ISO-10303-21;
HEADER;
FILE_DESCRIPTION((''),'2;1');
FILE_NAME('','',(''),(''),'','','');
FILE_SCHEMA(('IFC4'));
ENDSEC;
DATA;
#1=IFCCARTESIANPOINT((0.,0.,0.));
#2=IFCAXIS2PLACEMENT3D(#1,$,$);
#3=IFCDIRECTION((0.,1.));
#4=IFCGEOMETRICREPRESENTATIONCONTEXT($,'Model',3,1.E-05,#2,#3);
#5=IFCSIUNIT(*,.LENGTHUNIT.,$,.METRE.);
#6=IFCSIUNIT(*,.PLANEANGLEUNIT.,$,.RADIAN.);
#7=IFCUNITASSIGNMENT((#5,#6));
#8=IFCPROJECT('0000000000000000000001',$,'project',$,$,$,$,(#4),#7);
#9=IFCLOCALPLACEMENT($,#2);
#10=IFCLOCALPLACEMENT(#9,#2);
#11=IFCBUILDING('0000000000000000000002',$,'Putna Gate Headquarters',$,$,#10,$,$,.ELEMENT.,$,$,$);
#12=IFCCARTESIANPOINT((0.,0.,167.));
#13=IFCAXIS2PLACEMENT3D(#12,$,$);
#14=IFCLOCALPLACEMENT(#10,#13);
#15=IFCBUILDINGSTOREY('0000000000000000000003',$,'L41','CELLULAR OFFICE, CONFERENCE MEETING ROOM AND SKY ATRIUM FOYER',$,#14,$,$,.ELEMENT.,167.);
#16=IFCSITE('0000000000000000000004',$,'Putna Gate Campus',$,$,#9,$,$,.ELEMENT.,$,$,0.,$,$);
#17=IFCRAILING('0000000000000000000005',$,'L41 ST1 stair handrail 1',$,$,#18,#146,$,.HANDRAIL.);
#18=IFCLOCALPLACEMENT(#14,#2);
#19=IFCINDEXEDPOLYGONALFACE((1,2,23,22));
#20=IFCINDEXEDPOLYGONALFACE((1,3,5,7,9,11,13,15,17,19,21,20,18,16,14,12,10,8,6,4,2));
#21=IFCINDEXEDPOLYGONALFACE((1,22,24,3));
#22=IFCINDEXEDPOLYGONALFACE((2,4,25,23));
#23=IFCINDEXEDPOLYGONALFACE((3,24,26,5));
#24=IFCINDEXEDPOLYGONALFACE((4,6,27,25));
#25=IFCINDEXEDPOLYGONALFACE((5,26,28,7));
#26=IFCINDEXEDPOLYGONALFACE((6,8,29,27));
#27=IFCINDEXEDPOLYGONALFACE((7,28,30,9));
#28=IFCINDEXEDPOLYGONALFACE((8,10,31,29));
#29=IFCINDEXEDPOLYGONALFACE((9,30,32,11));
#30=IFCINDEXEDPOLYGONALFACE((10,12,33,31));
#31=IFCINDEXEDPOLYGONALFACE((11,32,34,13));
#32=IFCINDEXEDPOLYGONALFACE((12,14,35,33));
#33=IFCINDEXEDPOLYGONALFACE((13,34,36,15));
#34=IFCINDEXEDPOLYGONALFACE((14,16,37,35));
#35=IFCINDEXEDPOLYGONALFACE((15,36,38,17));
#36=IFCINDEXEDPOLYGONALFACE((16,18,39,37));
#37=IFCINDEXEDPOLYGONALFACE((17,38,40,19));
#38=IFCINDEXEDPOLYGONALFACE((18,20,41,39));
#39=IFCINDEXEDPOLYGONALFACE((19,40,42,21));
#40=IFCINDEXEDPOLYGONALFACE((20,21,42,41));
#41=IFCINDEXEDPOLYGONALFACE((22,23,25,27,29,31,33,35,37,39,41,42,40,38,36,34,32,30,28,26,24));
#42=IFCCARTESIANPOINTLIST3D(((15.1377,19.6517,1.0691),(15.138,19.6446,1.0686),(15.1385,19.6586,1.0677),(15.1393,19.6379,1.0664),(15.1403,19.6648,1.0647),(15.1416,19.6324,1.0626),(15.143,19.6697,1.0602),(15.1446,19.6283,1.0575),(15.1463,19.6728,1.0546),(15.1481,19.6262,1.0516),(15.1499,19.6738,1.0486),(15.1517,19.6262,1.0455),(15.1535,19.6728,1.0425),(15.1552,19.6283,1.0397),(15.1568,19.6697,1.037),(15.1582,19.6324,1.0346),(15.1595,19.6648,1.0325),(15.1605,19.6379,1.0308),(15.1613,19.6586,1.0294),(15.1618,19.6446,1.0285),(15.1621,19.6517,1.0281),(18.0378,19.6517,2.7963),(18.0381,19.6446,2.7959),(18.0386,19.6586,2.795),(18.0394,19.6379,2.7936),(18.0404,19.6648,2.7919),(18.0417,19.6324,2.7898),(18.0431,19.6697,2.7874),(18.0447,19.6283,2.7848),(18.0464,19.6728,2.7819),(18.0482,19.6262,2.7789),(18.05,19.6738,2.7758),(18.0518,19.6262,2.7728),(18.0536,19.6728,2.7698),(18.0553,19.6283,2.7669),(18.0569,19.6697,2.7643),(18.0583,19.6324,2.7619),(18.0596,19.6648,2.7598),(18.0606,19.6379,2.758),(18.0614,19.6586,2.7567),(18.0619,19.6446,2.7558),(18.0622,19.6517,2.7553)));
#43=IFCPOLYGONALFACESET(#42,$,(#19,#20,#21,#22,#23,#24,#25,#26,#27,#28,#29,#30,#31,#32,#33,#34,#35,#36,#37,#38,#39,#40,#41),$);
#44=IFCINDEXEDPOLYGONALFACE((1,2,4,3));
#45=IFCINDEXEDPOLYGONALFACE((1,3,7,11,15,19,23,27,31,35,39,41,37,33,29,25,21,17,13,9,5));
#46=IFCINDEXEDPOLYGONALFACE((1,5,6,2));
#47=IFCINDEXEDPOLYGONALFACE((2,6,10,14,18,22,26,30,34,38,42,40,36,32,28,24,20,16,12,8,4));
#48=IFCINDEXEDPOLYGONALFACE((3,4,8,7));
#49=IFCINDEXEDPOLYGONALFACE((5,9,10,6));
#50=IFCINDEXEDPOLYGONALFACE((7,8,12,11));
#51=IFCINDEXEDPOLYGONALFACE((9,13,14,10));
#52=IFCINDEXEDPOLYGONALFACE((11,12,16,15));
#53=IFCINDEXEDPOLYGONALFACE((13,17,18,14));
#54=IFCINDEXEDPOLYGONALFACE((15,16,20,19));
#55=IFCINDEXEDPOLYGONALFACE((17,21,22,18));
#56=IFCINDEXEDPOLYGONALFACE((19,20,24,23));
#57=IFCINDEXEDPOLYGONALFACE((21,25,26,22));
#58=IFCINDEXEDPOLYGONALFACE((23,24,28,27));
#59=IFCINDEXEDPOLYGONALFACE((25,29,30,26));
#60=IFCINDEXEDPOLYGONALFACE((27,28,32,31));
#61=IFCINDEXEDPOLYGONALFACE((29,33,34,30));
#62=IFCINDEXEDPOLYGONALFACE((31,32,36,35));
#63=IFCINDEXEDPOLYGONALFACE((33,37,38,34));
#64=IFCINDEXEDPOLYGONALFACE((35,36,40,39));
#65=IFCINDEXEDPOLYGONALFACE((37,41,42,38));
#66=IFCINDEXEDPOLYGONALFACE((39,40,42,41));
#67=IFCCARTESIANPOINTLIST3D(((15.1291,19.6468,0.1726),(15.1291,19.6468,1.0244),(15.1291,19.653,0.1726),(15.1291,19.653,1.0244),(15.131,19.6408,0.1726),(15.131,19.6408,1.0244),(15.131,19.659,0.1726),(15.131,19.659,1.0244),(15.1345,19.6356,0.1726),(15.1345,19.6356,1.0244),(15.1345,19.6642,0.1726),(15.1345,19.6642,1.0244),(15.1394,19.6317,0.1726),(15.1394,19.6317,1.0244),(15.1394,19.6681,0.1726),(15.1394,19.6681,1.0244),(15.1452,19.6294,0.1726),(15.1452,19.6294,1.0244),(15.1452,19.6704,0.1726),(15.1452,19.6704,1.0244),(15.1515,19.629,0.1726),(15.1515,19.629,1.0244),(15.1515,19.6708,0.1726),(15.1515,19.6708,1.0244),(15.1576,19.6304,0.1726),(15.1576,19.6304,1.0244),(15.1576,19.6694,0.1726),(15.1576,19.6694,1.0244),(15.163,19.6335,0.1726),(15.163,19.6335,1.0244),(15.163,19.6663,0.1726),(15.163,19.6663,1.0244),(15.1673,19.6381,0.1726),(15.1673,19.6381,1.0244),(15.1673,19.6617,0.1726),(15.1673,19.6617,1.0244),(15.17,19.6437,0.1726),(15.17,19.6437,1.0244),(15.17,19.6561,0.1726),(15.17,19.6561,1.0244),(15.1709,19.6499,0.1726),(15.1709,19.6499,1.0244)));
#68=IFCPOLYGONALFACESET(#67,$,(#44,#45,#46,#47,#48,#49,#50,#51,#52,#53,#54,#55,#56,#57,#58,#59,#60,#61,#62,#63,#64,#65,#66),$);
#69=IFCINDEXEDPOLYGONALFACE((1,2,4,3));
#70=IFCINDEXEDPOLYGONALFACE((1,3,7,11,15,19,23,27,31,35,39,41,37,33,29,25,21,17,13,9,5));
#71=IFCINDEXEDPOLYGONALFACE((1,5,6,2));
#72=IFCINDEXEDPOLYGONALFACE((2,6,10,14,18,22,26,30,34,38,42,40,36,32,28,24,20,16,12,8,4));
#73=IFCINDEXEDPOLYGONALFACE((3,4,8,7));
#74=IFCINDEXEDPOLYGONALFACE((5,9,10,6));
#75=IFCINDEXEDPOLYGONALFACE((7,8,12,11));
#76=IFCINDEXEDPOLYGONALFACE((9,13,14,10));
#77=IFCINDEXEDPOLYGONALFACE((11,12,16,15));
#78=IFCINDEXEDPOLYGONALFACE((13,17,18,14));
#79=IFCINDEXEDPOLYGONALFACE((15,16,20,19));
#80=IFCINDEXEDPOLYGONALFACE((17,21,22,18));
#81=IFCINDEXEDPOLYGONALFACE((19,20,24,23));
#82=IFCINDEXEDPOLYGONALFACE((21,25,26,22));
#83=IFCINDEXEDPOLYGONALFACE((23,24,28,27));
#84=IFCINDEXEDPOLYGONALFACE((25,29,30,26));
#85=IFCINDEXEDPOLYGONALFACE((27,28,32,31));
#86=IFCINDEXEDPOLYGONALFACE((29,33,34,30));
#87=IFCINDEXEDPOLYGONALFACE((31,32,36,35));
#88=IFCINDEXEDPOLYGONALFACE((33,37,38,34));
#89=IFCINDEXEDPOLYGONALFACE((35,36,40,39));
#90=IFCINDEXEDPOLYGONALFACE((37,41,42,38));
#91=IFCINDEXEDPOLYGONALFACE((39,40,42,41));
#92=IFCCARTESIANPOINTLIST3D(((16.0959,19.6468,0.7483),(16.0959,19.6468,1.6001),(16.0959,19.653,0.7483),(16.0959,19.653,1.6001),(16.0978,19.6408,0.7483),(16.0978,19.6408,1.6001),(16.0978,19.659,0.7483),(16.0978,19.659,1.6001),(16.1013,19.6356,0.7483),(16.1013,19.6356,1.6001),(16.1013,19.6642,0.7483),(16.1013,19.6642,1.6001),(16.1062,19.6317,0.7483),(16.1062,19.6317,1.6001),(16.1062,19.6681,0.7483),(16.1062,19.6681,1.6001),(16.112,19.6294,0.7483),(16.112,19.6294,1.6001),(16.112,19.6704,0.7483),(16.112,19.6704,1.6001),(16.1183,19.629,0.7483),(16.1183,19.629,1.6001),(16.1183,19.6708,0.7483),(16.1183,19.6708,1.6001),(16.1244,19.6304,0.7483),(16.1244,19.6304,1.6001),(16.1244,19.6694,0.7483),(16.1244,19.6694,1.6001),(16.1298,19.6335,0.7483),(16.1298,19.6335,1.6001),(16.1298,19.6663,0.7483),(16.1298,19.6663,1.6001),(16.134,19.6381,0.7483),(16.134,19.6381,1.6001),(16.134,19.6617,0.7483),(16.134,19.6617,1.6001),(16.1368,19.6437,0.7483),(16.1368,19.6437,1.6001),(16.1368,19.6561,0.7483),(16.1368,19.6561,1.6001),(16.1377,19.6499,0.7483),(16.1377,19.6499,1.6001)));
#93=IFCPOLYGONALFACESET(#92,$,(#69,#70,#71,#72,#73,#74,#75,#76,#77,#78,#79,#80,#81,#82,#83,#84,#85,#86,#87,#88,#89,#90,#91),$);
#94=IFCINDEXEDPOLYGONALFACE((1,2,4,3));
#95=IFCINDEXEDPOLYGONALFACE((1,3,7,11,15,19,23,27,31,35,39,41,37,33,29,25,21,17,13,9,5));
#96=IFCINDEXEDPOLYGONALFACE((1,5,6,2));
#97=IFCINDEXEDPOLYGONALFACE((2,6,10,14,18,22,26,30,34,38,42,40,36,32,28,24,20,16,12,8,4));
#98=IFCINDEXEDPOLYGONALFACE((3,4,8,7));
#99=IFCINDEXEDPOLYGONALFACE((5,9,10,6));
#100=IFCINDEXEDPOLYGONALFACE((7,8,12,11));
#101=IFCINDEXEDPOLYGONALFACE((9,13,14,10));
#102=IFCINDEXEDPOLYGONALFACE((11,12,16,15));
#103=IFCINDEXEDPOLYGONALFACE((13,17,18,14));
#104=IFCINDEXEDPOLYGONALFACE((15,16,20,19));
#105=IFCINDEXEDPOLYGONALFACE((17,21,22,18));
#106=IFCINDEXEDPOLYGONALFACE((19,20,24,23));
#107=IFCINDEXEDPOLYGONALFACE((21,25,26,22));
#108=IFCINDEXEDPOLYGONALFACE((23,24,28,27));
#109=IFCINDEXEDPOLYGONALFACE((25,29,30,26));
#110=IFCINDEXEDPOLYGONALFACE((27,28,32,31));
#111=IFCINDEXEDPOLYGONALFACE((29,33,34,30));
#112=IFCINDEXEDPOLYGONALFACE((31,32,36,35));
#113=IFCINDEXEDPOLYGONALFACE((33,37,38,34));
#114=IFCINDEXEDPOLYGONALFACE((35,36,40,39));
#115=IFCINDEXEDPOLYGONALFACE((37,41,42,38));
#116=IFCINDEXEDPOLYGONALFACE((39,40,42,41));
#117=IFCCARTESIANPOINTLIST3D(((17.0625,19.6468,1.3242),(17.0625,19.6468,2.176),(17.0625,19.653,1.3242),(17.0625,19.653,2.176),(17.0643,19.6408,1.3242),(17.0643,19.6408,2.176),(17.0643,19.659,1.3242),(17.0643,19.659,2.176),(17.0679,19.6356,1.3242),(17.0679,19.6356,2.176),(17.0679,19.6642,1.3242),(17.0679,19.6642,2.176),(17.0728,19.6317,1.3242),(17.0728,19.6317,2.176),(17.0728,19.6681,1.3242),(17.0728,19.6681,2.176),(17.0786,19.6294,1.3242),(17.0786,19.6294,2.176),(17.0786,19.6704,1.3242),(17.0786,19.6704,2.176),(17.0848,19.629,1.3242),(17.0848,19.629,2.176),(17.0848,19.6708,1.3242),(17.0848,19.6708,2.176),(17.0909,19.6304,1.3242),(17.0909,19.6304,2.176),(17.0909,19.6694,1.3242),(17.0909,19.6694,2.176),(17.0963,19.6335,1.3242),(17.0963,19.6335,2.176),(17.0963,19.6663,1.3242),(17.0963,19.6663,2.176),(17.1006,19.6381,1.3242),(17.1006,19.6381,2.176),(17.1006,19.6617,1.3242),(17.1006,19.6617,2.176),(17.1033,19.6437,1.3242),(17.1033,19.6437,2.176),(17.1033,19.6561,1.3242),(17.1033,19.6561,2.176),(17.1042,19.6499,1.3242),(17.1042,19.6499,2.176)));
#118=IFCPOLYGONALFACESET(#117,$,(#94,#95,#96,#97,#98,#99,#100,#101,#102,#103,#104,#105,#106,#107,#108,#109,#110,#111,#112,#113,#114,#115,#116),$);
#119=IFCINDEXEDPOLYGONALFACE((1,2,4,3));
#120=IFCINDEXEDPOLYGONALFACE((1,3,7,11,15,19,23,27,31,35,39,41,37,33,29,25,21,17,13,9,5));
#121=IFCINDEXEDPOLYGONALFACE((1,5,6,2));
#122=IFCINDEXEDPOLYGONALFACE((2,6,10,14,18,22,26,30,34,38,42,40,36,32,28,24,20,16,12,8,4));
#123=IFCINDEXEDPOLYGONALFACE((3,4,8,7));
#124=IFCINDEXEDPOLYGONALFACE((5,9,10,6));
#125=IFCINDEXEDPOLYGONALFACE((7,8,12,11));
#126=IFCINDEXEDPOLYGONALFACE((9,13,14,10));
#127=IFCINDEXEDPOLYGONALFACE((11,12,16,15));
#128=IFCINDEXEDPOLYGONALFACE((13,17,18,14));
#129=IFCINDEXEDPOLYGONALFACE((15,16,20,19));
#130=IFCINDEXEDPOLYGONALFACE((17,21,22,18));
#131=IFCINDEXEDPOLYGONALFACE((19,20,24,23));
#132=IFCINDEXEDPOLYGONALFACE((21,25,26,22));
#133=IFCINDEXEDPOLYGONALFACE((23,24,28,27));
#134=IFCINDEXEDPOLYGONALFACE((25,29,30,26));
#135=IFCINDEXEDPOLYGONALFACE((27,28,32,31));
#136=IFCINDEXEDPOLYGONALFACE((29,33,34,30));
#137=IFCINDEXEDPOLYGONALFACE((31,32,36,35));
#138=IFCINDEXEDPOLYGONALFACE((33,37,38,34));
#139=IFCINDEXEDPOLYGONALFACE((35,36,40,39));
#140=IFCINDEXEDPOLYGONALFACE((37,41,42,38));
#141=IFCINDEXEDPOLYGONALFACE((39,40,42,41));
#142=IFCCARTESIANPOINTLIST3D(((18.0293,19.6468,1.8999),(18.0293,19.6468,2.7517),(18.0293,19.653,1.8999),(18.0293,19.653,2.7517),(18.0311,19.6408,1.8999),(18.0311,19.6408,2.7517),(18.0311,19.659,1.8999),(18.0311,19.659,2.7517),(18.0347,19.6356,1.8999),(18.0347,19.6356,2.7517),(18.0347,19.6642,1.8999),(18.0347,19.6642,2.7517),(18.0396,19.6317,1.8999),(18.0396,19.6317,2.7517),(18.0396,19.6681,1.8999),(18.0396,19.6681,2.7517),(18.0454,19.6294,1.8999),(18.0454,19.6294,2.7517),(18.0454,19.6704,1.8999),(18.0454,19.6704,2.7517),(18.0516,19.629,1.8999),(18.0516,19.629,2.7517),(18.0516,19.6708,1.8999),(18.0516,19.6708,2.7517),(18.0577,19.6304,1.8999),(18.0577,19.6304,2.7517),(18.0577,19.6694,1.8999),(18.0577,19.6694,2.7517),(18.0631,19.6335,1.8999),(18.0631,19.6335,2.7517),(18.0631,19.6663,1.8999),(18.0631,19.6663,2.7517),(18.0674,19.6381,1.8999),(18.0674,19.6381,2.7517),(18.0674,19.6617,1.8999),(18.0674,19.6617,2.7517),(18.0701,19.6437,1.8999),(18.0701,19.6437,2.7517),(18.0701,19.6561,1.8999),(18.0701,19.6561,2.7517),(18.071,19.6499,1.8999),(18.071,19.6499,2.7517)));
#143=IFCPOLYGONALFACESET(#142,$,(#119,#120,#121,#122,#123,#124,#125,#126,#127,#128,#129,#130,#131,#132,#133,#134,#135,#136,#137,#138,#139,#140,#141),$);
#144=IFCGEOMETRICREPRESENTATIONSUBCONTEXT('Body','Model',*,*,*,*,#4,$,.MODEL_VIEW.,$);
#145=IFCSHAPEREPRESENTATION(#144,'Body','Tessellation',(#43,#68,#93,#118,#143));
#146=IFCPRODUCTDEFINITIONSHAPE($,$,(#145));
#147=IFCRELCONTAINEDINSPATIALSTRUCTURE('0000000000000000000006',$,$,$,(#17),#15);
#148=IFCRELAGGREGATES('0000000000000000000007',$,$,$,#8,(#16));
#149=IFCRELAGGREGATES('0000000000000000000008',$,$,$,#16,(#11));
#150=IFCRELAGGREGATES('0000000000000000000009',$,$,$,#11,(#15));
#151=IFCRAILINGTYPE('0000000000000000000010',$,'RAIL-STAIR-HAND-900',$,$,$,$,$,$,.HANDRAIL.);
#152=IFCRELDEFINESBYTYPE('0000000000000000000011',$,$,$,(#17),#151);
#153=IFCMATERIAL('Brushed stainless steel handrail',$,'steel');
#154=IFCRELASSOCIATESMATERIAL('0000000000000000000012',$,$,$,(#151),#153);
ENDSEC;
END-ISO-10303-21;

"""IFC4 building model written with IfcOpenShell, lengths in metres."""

from ifc_helpers import new_model, si_unit, direction, frame, origin, origin_2d, place, context, subcontext, project, spatial, circle, extrude, material, type_object, element, save


model = new_model("IFC4")

# Units and contexts
model_context = context("Model", 3, precision=1e-05, world=origin(), true_north=direction((0.0, 1.0)))
body_context = subcontext(model_context, "Body", "Model", "MODEL_VIEW")
ifc_project = project(units=[si_unit("LENGTHUNIT", "METRE"), si_unit("PLANEANGLEUNIT", "RADIAN")], contexts=[model_context])

# Site, building, storey
site_placement = place(None, origin())
site = spatial("IfcSite", under=ifc_project, at=site_placement, Name="Putna Gate Campus", CompositionType="ELEMENT", RefElevation=0.0)
building_placement = place(site_placement, origin())
building = spatial("IfcBuilding", under=site, at=building_placement, Name="Putna Gate Headquarters", CompositionType="ELEMENT")
storey_placement = place(building_placement, frame((0.0, 0.0, 167.0)))
storey = spatial("IfcBuildingStorey", under=building, at=storey_placement, Name="L41", Description="CELLULAR OFFICE, CONFERENCE MEETING ROOM AND SKY ATRIUM FOYER", CompositionType="ELEMENT", Elevation=167.0)

# Railing
ifc_material_1 = material(Name="Brushed stainless steel handrail", Category="steel")
railing_type_1 = type_object("IfcRailingType", Name="RAIL-STAIR-HAND-900", PredefinedType="HANDRAIL", material=ifc_material_1)
railing_1_placement = place(storey_placement, frame((15.1499, 19.6499, 0.1726)))
element("IfcRailing", 1, at=railing_1_placement, inside=storey, type_object=railing_type_1, Name="L41 ST1 stair handrail 1", PredefinedType="HANDRAIL", context=body_context, shape_type="SweptSolid", body=[
    extrude(circle(Radius=0.0239, at=origin_2d()), frame((0.0, 0.0, 0.876), z_axis=(0.85916, 0.0, 0.511706), x_axis=(0.0, 1.0, 0.0)), (0.0, 0.0, 1.0), 3.3755),
    extrude(circle(Radius=0.021, at=origin_2d()), origin(), (0.0, 0.0, 1.0), 0.8518),
    extrude(circle(Radius=0.021, at=origin_2d()), frame((0.9668, 0.0, 0.5757)), (0.0, 0.0, 1.0), 0.8518),
    extrude(circle(Radius=0.021, at=origin_2d()), frame((1.9333, 0.0, 1.1516)), (0.0, 0.0, 1.0), 0.8518),
    extrude(circle(Radius=0.021, at=origin_2d()), frame((2.9001, 0.0, 1.7273)), (0.0, 0.0, 1.0), 0.8518),
])

save(model, "model.ifc")
